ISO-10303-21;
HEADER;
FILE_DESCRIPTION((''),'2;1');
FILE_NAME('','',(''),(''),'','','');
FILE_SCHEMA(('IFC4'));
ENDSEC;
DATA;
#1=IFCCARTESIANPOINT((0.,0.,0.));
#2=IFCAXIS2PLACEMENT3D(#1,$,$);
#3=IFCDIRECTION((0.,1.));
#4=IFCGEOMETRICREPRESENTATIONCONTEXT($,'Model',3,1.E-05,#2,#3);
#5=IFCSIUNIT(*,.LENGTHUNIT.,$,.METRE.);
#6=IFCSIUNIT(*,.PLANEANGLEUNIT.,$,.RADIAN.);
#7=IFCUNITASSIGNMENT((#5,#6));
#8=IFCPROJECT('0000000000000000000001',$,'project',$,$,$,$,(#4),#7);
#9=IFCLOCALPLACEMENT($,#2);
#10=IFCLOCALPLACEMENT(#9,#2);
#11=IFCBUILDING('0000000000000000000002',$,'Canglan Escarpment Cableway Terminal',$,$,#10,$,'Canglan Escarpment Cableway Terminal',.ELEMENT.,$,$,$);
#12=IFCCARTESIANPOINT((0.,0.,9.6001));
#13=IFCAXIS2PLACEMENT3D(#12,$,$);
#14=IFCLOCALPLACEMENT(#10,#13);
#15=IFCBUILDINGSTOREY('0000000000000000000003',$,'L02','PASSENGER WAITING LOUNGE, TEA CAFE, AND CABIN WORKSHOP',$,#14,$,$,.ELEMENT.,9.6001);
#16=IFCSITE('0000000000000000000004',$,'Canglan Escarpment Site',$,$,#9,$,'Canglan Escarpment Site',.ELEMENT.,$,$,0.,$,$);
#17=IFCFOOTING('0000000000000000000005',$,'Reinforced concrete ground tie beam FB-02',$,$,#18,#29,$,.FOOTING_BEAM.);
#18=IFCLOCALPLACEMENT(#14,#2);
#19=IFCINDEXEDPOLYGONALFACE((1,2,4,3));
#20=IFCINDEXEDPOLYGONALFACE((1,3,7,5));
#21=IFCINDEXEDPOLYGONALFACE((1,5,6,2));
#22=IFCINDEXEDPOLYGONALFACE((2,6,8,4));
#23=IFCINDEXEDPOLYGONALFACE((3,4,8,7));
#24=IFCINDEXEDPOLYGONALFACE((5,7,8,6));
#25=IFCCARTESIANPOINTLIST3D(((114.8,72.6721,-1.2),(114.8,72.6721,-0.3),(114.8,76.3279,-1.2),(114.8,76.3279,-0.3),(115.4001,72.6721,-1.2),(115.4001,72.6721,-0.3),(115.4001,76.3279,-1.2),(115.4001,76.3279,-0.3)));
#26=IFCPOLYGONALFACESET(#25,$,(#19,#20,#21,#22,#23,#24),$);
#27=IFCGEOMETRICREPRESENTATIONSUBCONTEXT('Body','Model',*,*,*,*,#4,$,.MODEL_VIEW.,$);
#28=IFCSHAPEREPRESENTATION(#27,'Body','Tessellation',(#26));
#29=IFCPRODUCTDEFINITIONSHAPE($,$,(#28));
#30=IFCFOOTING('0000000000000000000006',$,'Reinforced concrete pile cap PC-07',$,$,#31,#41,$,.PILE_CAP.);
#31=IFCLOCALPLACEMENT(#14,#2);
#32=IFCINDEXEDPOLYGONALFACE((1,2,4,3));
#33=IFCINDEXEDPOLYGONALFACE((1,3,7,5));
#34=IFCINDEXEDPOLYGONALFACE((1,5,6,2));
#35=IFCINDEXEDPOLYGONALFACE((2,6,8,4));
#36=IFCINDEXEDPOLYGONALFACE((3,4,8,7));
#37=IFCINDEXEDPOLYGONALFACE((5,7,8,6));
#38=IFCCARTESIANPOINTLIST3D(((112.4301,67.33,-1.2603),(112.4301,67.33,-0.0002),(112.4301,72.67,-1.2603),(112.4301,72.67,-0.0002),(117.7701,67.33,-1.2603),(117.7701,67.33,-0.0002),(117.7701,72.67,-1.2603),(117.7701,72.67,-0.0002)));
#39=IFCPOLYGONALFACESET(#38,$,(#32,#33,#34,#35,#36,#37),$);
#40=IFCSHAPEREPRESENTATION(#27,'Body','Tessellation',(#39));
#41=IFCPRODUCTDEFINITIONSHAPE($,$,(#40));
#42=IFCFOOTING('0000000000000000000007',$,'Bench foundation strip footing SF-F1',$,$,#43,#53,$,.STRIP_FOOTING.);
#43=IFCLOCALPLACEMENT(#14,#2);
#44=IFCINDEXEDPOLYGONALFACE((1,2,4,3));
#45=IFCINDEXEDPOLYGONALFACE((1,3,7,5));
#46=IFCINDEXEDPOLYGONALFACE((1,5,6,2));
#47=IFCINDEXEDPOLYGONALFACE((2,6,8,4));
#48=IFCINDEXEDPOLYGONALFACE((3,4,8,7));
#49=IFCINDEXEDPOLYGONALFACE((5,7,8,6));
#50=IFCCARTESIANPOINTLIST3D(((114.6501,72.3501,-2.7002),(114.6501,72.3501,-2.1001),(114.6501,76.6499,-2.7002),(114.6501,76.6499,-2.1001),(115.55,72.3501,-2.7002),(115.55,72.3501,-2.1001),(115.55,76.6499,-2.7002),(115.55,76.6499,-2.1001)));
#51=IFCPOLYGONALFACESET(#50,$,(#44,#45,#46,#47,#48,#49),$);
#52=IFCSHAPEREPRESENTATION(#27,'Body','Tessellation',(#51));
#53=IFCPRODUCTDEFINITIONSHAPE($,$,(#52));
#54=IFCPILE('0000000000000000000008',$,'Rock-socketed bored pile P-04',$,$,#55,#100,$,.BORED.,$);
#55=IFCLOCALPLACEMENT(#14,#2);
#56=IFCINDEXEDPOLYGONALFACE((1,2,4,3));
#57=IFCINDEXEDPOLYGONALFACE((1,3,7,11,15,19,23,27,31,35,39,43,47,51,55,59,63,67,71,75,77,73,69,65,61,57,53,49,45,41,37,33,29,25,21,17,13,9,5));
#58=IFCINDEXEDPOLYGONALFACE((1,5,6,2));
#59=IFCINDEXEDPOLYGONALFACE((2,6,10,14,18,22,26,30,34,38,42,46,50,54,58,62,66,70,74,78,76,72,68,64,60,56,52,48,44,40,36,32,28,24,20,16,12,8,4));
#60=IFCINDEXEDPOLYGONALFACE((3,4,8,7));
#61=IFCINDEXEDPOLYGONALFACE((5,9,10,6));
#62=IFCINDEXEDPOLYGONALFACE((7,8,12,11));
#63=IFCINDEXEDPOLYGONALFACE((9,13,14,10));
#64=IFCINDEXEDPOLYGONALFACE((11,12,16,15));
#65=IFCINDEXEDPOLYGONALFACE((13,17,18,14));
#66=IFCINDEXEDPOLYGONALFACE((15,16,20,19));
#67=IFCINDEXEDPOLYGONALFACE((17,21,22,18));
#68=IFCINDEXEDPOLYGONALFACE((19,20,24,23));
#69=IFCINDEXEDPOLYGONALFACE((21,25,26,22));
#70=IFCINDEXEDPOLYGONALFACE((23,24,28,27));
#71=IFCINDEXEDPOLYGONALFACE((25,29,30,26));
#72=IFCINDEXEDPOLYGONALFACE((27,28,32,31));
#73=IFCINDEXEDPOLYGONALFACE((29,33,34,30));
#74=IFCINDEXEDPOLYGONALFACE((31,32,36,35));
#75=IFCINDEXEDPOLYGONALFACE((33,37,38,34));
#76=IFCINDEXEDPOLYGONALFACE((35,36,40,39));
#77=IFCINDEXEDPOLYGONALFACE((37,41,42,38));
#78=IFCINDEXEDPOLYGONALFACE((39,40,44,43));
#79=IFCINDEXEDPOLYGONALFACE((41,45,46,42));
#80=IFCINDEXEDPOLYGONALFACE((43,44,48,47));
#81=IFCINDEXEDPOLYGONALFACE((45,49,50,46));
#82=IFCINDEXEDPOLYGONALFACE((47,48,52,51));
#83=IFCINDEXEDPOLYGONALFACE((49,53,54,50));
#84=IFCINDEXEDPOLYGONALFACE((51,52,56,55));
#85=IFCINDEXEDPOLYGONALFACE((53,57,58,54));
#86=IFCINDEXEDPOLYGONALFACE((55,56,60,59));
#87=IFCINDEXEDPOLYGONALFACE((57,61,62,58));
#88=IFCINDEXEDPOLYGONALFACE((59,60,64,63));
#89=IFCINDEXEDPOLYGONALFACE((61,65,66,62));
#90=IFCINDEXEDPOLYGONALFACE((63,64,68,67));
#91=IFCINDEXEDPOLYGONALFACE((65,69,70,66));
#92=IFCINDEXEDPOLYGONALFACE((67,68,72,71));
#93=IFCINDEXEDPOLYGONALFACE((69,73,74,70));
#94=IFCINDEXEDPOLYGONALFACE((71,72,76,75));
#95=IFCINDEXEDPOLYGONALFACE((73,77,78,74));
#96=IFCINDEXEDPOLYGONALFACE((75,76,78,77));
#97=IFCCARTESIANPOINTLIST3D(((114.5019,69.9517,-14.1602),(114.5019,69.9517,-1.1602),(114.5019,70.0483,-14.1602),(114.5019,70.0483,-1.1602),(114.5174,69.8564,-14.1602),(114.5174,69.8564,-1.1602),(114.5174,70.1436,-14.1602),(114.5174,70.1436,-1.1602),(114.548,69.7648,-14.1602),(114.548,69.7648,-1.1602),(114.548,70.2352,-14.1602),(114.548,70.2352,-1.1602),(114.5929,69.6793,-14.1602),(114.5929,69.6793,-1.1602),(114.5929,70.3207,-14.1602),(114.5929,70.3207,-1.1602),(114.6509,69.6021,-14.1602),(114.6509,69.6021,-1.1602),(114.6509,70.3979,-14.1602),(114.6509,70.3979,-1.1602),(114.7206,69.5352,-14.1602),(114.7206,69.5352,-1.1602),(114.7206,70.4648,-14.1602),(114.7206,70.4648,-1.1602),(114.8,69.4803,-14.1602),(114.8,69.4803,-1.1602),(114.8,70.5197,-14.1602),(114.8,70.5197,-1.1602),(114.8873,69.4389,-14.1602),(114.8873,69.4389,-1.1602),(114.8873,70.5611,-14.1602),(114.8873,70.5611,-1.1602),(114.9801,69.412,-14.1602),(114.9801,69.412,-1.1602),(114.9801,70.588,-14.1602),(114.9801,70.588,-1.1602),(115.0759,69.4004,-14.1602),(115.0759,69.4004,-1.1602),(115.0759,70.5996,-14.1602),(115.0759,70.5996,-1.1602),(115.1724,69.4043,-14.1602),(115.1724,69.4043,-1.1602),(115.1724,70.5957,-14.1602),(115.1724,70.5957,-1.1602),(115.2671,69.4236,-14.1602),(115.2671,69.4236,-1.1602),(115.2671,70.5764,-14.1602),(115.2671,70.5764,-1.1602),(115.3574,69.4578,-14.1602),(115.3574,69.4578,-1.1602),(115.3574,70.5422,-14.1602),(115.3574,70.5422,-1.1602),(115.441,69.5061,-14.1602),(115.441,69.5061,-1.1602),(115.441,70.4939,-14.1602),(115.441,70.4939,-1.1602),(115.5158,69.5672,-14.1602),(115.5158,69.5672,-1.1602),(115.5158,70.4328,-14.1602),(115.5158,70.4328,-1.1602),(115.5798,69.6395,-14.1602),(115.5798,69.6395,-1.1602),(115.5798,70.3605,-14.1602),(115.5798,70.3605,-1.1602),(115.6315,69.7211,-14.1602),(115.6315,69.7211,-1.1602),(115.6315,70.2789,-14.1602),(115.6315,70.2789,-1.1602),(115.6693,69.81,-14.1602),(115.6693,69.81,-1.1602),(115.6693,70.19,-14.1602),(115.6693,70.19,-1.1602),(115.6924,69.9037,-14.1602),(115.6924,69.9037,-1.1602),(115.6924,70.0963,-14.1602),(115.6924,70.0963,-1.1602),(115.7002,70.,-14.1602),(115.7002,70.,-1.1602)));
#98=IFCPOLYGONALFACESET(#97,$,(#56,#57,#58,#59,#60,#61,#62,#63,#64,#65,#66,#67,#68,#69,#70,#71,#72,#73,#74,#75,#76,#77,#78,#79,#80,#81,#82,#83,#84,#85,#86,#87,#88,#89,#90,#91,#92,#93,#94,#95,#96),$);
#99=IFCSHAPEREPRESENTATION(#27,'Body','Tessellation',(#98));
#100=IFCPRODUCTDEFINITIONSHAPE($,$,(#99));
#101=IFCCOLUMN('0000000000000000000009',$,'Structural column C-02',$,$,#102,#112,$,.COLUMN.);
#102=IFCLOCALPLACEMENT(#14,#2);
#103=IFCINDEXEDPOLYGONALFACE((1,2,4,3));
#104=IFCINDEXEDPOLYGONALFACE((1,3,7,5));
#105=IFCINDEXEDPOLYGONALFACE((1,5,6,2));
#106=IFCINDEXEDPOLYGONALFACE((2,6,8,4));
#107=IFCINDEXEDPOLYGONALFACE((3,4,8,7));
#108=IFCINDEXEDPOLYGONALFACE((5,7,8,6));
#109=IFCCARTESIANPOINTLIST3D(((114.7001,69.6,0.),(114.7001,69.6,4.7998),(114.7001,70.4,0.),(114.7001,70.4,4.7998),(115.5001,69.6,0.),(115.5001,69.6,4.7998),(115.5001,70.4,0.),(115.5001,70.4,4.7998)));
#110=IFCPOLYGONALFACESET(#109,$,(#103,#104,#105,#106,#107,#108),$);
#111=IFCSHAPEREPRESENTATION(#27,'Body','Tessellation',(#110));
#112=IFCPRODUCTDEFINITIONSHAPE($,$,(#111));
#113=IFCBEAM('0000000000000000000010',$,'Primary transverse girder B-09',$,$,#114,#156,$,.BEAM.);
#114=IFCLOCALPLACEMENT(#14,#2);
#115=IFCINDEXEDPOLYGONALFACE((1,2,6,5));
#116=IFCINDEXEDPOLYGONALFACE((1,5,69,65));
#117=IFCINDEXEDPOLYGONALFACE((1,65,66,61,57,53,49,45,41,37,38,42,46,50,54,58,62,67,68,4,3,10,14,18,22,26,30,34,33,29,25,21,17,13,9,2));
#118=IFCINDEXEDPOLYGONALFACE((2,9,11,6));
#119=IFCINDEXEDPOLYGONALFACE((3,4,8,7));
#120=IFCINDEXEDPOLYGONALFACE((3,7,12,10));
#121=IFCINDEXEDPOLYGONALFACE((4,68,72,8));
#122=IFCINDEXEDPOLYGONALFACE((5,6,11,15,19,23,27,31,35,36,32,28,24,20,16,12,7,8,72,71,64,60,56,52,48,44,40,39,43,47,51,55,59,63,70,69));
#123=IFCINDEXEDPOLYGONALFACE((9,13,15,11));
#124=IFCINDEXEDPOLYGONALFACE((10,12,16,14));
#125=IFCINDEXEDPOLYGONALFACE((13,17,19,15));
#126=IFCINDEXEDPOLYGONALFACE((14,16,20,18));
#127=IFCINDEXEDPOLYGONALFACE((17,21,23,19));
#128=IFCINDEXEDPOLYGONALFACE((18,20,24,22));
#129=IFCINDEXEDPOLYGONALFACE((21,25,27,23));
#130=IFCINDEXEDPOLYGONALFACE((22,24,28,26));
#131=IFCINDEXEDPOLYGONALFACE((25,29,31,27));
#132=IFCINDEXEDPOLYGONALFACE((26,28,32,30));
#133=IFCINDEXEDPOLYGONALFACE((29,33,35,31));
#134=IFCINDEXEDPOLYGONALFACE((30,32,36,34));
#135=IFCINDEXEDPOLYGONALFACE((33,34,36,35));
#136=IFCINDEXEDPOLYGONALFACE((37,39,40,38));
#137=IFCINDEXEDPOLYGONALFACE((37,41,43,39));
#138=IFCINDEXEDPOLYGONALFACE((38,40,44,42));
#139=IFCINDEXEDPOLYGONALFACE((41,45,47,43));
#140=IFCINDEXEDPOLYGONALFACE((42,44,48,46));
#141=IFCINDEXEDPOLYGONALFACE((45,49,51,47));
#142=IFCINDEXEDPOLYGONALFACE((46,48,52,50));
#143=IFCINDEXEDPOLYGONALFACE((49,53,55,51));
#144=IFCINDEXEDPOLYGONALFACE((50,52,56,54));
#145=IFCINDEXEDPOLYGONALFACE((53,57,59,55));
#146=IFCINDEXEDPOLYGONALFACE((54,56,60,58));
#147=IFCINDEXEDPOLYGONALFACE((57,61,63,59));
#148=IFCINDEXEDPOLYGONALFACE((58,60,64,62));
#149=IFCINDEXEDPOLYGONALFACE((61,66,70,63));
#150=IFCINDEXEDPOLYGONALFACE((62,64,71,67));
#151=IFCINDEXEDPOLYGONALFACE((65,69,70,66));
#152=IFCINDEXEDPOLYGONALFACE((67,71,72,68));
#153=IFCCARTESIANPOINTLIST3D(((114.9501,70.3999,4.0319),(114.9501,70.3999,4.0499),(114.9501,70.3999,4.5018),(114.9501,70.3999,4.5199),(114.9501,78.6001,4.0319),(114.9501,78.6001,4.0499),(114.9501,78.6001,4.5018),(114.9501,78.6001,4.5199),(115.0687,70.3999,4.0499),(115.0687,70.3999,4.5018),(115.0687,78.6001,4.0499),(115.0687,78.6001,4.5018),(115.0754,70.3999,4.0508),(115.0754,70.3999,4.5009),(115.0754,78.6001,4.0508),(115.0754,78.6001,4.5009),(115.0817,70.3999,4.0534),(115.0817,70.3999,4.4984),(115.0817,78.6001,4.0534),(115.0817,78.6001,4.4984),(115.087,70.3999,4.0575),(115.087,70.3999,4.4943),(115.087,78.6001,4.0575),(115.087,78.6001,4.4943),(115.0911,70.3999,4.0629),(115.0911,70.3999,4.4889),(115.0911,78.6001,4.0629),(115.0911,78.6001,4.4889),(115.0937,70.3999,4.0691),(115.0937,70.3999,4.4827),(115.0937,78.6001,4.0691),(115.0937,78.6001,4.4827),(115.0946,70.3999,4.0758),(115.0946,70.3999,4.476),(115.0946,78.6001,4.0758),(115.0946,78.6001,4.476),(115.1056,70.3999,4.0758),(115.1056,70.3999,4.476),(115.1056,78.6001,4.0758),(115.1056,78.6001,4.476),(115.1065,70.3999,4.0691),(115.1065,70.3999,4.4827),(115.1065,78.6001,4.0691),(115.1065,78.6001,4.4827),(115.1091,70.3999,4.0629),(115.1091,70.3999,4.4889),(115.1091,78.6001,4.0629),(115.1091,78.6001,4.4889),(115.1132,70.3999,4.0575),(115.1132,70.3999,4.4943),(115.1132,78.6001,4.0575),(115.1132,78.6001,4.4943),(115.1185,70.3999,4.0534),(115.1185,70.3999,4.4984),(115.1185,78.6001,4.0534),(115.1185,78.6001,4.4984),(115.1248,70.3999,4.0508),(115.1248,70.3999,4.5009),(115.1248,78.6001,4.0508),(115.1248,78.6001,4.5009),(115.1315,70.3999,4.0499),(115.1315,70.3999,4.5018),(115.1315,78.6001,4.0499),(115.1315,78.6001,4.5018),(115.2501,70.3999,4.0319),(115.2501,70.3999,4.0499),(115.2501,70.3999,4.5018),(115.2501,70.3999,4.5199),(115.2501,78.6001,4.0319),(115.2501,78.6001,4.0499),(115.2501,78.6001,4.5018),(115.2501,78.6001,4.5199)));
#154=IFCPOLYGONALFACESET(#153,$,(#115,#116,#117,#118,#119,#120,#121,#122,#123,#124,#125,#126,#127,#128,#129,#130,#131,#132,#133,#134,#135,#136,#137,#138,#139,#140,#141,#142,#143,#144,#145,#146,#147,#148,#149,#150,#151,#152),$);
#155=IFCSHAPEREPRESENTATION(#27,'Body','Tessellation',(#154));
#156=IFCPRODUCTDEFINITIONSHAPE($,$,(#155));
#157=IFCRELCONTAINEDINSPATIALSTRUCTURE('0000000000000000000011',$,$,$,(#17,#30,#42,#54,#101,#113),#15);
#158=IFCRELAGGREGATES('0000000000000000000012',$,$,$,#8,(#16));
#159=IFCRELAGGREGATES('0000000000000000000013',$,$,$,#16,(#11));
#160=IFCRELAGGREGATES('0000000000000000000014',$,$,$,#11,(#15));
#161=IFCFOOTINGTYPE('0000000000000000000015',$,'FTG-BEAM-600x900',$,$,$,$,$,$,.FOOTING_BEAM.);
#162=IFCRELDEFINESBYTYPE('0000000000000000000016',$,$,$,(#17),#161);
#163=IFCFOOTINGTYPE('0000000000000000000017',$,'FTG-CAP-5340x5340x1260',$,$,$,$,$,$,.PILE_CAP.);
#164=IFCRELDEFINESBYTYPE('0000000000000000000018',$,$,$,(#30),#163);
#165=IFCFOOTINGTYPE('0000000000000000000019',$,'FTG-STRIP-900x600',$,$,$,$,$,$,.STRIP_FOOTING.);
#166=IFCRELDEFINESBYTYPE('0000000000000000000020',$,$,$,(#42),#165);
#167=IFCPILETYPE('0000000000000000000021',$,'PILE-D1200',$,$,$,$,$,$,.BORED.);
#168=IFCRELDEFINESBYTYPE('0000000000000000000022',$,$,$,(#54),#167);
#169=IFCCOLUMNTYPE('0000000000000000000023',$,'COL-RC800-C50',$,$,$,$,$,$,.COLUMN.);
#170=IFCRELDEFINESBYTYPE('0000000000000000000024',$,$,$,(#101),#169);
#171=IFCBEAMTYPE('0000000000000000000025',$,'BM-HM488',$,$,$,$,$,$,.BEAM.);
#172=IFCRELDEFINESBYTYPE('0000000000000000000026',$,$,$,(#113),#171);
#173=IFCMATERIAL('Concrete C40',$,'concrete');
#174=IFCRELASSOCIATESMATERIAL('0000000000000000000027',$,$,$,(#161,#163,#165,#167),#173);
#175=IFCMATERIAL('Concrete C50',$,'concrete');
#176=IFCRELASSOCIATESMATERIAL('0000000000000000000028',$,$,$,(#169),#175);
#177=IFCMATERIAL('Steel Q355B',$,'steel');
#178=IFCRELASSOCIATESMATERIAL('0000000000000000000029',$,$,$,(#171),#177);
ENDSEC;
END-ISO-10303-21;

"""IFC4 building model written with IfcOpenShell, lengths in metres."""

from ifc_helpers import new_model, si_unit, direction, frame, origin, origin_2d, place, context, subcontext, project, spatial, rectangle, circle, i_section, extrude, material, material_profile, profile_set, type_object, element, save


model = new_model("IFC4")

# Units and contexts
model_context = context("Model", 3, precision=1e-05, world=origin(), true_north=direction((0.0, 1.0)))
body_context = subcontext(model_context, "Body", "Model", "MODEL_VIEW")
ifc_project = project(units=[si_unit("LENGTHUNIT", "METRE"), si_unit("PLANEANGLEUNIT", "RADIAN")], contexts=[model_context])

# Site, building, storey
site_placement = place(None, origin())
site = spatial("IfcSite", under=ifc_project, at=site_placement, Name="Canglan Escarpment Site", LongName="Canglan Escarpment Site", CompositionType="ELEMENT", RefElevation=0.0)
building_placement = place(site_placement, origin())
building = spatial("IfcBuilding", under=site, at=building_placement, Name="Canglan Escarpment Cableway Terminal", LongName="Canglan Escarpment Cableway Terminal", CompositionType="ELEMENT")
storey_placement = place(building_placement, frame((0.0, 0.0, 9.6001)))
storey = spatial("IfcBuildingStorey", under=building, at=storey_placement, Name="L02", Description="PASSENGER WAITING LOUNGE, TEA CAFE, AND CABIN WORKSHOP", CompositionType="ELEMENT", Elevation=9.6001)

# Footings
ifc_material_1 = material(Name="Concrete C40", Category="concrete")
ifc_material_profile_1 = material_profile(ifc_material_1, rectangle(XDim=0.6001, YDim=0.8999, at=origin_2d()), Name="FB 600x900")
ifc_profile_set_1 = profile_set([ifc_material_profile_1], Name="Concrete C40")
footing_type_1 = type_object("IfcFootingType", Name="FTG-BEAM-600x900", PredefinedType="FOOTING_BEAM", material=ifc_profile_set_1)
footing_1_placement = place(storey_placement, frame((115.1001, 72.6721, -0.75), z_axis=(0.0, 1.0, 0.0), x_axis=(-1.0, 0.0, 0.0)))
element("IfcFooting", 1, at=footing_1_placement, inside=storey, type_object=footing_type_1, Name="Reinforced concrete ground tie beam FB-02", PredefinedType="FOOTING_BEAM", context=body_context, shape_type="SweptSolid", body=[
    extrude(rectangle(XDim=0.6001, YDim=0.8999, at=origin_2d()), origin(), (0.0, 0.0, 1.0), 3.6558),
])
footing_type_2 = type_object("IfcFootingType", Name="FTG-CAP-5340x5340x1260", PredefinedType="PILE_CAP", material=ifc_material_1)
footing_2_placement = place(storey_placement, frame((115.1001, 70.0, -1.2603), z_axis=(0.0, 0.0, 1.0), x_axis=(1.0, 0.0, 0.0)))
element("IfcFooting", 2, at=footing_2_placement, inside=storey, type_object=footing_type_2, Name="Reinforced concrete pile cap PC-07", PredefinedType="PILE_CAP", context=body_context, shape_type="SweptSolid", body=[
    extrude(rectangle(XDim=5.3401, YDim=5.3401, at=origin_2d()), origin(), (0.0, 0.0, 1.0), 1.26),
])
ifc_material_profile_2 = material_profile(ifc_material_1, rectangle(XDim=0.8999, YDim=0.6001, at=origin_2d()), Name="SF 900x600")
ifc_profile_set_2 = profile_set([ifc_material_profile_2], Name="Concrete C40")
footing_type_3 = type_object("IfcFootingType", Name="FTG-STRIP-900x600", PredefinedType="STRIP_FOOTING", material=ifc_profile_set_2)
footing_3_placement = place(storey_placement, frame((115.1001, 72.3501, -2.4001), z_axis=(0.0, 1.0, 0.0), x_axis=(-1.0, 0.0, 0.0)))
element("IfcFooting", 3, at=footing_3_placement, inside=storey, type_object=footing_type_3, Name="Bench foundation strip footing SF-F1", PredefinedType="STRIP_FOOTING", context=body_context, shape_type="SweptSolid", body=[
    extrude(rectangle(XDim=0.8999, YDim=0.6001, at=origin_2d()), origin(), (0.0, 0.0, 1.0), 4.2998),
])

# Pile
ifc_material_profile_3 = material_profile(ifc_material_1, circle(Radius=0.6001, at=origin_2d()), Name="BORED PILE D1200")
ifc_profile_set_3 = profile_set([ifc_material_profile_3], Name="Concrete C40")
pile_type = type_object("IfcPileType", Name="PILE-D1200", PredefinedType="BORED", material=ifc_profile_set_3)
pile_placement = place(storey_placement, frame((115.1001, 70.0, -1.1602), z_axis=(0.0, 0.0, -1.0), x_axis=(1.0, 0.0, 0.0)))
element("IfcPile", 4, at=pile_placement, inside=storey, type_object=pile_type, Name="Rock-socketed bored pile P-04", PredefinedType="BORED", context=body_context, shape_type="SweptSolid", body=[
    extrude(circle(Radius=0.6001, at=origin_2d()), origin(), (0.0, 0.0, 1.0), 13.0),
])

# Column
ifc_material_2 = material(Name="Concrete C50", Category="concrete")
ifc_material_profile_4 = material_profile(ifc_material_2, rectangle(XDim=0.8, YDim=0.8, at=origin_2d()), Name="RC 800x800")
ifc_profile_set_4 = profile_set([ifc_material_profile_4], Name="Concrete C50")
column_type = type_object("IfcColumnType", Name="COL-RC800-C50", PredefinedType="COLUMN", material=ifc_profile_set_4)
column_placement = place(storey_placement, frame((115.1001, 70.0, 0.0), z_axis=(0.0, 0.0, 1.0), x_axis=(1.0, 0.0, 0.0)))
element("IfcColumn", 5, at=column_placement, inside=storey, type_object=column_type, Name="Structural column C-02", PredefinedType="COLUMN", context=body_context, shape_type="SweptSolid", body=[
    extrude(rectangle(XDim=0.8, YDim=0.8, at=origin_2d()), origin(), (0.0, 0.0, 1.0), 4.7998),
])

# Beam
ifc_material_3 = material(Name="Steel Q355B", Category="steel")
ifc_material_profile_5 = material_profile(ifc_material_3, i_section(OverallWidth=0.3, OverallDepth=0.488, WebThickness=0.011, FlangeThickness=0.0181, FilletRadius=0.0259, at=origin_2d()), Name="HM 488x300x11x18")
ifc_profile_set_5 = profile_set([ifc_material_profile_5], Name="Steel Q355B")
beam_type = type_object("IfcBeamType", Name="BM-HM488", PredefinedType="BEAM", material=ifc_profile_set_5)
beam_placement = place(storey_placement, frame((115.1001, 70.3999, 4.2759), z_axis=(0.0, 1.0, 0.0), x_axis=(-1.0, 0.0, 0.0)))
element("IfcBeam", 6, at=beam_placement, inside=storey, type_object=beam_type, Name="Primary transverse girder B-09", PredefinedType="BEAM", context=body_context, shape_type="SweptSolid", body=[
    extrude(i_section(OverallWidth=0.3, OverallDepth=0.488, WebThickness=0.011, FlangeThickness=0.0181, FilletRadius=0.0259, at=origin_2d()), origin(), (0.0, 0.0, 1.0), 8.2002),
])

save(model, "model.ifc")
